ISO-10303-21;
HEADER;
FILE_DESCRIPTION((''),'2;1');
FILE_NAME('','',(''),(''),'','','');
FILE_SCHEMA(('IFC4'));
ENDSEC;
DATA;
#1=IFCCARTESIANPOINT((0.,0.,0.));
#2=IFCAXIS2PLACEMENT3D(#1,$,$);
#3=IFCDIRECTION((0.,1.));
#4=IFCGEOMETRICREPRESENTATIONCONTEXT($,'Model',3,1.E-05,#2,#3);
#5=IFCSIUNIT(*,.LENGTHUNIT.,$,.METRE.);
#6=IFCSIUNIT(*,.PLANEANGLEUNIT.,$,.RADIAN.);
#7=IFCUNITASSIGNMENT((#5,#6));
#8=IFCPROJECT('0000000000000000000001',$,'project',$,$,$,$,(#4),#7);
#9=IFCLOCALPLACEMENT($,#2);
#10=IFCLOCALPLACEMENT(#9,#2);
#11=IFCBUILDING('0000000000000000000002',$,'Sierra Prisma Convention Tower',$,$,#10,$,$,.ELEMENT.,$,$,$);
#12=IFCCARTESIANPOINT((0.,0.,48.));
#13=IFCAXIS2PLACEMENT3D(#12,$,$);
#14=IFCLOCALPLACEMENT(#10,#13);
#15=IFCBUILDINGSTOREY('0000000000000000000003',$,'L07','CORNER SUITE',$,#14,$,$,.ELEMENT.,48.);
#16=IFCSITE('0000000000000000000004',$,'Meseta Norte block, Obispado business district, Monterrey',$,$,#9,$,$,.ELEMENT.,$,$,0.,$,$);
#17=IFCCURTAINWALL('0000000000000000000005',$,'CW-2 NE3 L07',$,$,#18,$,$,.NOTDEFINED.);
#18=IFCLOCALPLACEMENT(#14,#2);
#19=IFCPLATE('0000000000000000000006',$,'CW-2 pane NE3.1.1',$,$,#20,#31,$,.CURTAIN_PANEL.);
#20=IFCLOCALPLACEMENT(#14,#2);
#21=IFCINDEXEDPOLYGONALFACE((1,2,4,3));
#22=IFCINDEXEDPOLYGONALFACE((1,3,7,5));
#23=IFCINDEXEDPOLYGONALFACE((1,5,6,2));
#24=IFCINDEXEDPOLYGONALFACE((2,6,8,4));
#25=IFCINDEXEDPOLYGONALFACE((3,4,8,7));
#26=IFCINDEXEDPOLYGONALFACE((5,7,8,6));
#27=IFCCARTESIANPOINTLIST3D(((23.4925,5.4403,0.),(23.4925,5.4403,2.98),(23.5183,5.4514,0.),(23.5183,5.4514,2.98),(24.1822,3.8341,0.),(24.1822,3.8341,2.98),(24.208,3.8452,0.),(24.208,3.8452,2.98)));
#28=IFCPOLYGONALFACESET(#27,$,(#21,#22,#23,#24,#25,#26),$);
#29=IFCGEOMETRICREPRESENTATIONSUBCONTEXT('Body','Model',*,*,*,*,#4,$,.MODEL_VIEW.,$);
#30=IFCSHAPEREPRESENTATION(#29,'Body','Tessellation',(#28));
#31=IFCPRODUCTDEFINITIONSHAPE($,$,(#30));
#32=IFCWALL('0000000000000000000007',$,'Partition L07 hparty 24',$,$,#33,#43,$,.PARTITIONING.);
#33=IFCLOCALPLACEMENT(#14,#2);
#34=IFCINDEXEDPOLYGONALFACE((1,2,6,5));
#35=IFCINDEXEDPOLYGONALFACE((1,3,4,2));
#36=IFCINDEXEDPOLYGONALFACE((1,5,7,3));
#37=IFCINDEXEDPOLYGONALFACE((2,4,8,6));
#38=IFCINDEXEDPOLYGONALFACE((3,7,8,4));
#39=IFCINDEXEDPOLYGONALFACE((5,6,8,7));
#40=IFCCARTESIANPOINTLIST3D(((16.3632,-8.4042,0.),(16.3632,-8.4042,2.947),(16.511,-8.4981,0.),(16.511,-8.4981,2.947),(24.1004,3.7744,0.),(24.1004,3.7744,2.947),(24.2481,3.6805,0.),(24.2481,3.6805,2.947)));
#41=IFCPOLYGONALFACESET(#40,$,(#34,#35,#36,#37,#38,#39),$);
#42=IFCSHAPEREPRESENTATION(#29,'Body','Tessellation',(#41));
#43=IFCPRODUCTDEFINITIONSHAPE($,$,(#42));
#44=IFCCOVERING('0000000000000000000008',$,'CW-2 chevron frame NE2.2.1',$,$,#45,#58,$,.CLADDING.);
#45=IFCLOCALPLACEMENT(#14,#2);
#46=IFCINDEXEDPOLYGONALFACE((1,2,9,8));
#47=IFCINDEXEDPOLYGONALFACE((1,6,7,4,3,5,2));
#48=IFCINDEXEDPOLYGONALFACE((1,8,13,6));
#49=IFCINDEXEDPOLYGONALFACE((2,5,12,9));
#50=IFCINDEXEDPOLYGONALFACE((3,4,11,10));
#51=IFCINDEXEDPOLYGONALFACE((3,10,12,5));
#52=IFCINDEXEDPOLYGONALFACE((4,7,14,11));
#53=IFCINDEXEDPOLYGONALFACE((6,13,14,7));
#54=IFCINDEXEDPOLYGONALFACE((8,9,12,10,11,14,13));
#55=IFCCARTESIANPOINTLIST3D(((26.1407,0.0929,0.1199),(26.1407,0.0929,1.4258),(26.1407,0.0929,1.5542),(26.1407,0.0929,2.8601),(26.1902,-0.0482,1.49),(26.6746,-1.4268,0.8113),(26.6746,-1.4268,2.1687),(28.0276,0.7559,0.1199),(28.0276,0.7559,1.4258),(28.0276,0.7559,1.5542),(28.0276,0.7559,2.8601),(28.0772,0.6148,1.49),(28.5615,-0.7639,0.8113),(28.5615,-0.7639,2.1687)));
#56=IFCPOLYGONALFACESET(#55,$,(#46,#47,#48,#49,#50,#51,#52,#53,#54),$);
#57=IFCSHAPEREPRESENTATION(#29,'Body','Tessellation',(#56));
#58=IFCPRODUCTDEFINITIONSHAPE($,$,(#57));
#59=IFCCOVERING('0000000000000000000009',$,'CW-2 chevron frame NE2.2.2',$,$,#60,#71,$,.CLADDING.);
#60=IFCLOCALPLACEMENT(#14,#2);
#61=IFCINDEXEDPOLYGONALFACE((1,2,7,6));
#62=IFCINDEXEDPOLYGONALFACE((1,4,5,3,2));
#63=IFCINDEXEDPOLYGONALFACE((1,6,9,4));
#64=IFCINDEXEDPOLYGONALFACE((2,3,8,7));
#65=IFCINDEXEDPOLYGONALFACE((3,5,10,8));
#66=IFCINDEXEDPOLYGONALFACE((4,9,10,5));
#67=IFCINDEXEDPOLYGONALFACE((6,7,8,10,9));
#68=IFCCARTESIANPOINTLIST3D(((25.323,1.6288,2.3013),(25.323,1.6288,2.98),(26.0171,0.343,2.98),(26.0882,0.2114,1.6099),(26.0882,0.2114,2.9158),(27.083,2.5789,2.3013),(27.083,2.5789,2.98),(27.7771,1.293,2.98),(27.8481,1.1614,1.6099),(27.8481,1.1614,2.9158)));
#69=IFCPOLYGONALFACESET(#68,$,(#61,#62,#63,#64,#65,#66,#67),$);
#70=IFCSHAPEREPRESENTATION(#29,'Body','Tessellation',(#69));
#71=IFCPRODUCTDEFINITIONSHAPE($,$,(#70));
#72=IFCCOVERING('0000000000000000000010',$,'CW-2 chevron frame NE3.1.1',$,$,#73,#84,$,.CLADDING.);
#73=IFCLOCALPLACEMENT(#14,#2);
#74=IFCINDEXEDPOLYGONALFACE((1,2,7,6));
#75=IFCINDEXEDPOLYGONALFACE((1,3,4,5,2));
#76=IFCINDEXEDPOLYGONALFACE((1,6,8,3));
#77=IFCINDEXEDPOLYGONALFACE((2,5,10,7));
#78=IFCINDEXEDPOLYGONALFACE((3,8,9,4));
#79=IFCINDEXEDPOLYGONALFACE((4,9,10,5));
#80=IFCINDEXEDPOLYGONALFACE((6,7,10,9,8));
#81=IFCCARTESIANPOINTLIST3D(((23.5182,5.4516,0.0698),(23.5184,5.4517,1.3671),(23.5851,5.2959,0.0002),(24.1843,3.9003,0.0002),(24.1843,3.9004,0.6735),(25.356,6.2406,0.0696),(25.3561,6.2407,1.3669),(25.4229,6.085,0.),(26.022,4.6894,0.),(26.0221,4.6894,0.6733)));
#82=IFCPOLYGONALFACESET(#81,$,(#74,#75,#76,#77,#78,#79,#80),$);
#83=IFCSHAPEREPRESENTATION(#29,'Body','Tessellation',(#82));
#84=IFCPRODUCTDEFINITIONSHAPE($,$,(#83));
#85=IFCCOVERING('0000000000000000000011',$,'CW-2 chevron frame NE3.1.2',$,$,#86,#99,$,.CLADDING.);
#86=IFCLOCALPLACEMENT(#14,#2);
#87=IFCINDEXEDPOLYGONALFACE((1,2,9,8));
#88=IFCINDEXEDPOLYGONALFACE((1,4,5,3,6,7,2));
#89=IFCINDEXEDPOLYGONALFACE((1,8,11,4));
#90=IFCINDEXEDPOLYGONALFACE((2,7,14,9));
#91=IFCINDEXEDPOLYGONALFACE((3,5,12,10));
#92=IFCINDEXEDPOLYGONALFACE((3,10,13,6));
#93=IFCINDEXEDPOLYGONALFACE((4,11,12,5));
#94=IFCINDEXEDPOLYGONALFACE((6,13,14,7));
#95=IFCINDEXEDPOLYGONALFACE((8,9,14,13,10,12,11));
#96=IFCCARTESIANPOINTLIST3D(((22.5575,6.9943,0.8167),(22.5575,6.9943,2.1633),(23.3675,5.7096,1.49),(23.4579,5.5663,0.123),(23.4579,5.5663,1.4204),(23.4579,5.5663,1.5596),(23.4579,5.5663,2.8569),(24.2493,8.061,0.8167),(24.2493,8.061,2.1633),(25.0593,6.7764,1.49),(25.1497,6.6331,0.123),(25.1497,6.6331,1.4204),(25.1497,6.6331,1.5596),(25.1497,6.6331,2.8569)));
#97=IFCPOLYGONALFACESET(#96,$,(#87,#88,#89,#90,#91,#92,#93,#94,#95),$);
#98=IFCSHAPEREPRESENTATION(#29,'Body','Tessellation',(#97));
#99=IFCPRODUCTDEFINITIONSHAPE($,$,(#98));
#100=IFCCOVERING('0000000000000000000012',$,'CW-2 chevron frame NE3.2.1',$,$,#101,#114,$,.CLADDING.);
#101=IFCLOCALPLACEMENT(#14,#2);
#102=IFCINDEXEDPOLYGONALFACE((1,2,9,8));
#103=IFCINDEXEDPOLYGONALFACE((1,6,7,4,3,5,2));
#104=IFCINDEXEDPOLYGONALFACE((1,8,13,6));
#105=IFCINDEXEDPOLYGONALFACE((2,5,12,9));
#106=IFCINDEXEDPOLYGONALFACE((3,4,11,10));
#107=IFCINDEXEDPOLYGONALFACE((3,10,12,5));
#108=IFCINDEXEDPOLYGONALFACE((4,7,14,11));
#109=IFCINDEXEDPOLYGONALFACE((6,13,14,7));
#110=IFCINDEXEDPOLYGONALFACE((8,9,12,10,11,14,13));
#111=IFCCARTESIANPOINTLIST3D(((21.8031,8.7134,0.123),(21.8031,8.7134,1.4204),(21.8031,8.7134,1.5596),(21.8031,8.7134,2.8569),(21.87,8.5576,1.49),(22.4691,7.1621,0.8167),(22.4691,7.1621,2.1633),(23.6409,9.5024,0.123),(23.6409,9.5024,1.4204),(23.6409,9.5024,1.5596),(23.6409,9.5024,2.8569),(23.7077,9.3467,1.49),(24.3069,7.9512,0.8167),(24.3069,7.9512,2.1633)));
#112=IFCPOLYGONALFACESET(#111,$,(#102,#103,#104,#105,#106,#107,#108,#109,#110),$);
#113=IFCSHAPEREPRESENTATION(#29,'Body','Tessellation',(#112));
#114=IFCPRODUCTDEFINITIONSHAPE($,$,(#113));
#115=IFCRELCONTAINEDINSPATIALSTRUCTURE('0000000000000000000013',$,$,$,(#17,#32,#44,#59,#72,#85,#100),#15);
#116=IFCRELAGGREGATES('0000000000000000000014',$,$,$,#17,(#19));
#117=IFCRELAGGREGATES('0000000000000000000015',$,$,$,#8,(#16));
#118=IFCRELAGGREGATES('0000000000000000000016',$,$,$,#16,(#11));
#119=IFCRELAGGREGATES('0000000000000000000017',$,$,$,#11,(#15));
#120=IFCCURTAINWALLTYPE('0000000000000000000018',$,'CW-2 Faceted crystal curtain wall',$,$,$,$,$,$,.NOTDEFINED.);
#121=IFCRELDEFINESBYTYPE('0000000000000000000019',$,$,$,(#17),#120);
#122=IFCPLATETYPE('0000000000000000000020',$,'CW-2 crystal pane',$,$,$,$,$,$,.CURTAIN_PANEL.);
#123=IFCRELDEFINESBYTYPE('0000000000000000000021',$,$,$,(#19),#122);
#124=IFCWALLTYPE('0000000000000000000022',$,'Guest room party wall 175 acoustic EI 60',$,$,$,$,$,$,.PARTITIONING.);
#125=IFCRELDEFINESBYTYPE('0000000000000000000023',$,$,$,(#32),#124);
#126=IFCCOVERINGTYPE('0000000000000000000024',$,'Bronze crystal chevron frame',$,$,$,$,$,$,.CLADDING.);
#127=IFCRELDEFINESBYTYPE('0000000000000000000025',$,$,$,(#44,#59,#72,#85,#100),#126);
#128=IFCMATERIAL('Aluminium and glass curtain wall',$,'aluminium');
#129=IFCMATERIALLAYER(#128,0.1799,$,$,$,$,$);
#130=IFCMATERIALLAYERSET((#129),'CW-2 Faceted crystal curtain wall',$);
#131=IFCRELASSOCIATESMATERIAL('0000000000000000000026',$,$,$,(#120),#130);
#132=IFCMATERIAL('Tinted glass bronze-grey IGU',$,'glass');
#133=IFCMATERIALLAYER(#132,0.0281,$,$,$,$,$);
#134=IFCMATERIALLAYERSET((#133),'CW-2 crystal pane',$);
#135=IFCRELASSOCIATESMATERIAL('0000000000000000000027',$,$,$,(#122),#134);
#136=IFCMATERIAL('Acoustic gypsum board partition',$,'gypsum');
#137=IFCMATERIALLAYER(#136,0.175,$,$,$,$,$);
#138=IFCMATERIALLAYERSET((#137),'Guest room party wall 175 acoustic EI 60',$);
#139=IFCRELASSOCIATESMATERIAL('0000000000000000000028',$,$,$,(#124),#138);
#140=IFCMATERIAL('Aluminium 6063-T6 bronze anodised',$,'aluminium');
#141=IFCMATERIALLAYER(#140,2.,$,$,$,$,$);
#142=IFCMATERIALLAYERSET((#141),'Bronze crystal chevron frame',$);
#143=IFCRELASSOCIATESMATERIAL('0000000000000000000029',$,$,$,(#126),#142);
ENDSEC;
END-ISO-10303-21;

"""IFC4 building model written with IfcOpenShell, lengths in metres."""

from ifc_helpers import new_model, si_unit, direction, frame, frame_2d, origin, place, context, subcontext, project, spatial, polyline, rectangle, outline, extrude, material, layer, layer_set, type_object, element, aggregate, save


model = new_model("IFC4")

# Units and contexts
model_context = context("Model", 3, precision=1e-05, world=origin(), true_north=direction((0.0, 1.0)))
body_context = subcontext(model_context, "Body", "Model", "MODEL_VIEW")
ifc_project = project(units=[si_unit("LENGTHUNIT", "METRE"), si_unit("PLANEANGLEUNIT", "RADIAN")], contexts=[model_context])

# Site, building, storey
site_placement = place(None, origin())
site = spatial("IfcSite", under=ifc_project, at=site_placement, Name="Meseta Norte block, Obispado business district, Monterrey", CompositionType="ELEMENT", RefElevation=0.0)
building_placement = place(site_placement, origin())
building = spatial("IfcBuilding", under=site, at=building_placement, Name="Sierra Prisma Convention Tower", CompositionType="ELEMENT")
storey_placement = place(building_placement, frame((0.0, 0.0, 48.0)))
storey = spatial("IfcBuildingStorey", under=building, at=storey_placement, Name="L07", Description="CORNER SUITE", CompositionType="ELEMENT", Elevation=48.0)

# Shared definitions
ifc_material_1 = material(Name="Aluminium and glass curtain wall", Category="aluminium")
ifc_layer_1 = layer(ifc_material_1, 0.1799)
ifc_layer_set_1 = layer_set([ifc_layer_1], Name="CW-2 Faceted crystal curtain wall")
curtain_wall_type = type_object("IfcCurtainWallType", Name="CW-2 Faceted crystal curtain wall", PredefinedType="NOTDEFINED", material=ifc_layer_set_1)

# Curtain wall
curtain_wall_1_placement = place(storey_placement, origin())
curtain_wall_1 = element("IfcCurtainWall", 1, at=curtain_wall_1_placement, inside=storey, type_object=curtain_wall_type, Name="CW-2 NE3 L07", PredefinedType="NOTDEFINED")

# Plate
ifc_material_2 = material(Name="Tinted glass bronze-grey IGU", Category="glass")
ifc_layer_2 = layer(ifc_material_2, 0.0281)
ifc_layer_set_2 = layer_set([ifc_layer_2], Name="CW-2 crystal pane")
plate_type = type_object("IfcPlateType", Name="CW-2 crystal pane", PredefinedType="CURTAIN_PANEL", material=ifc_layer_set_2)
plate_1_placement = place(storey_placement, frame((24.208, 3.8452, 0.0), z_axis=(0.91887, 0.39456, 0.0), x_axis=(-0.39456, 0.91887, 0.0)))
plate_1 = element("IfcPlate", 2, at=plate_1_placement, type_object=plate_type, Name="CW-2 pane NE3.1.1", PredefinedType="CURTAIN_PANEL", context=body_context, shape_type="SweptSolid", body=[
    extrude(outline(polyline([(0.0, 0.0), (1.748, 0.0), (1.748, 2.98), (0.0, 2.98), (0.0, 0.0)])), origin(), (0.0, 0.0, -1.0), 0.0281),
])
aggregate(curtain_wall_1, [plate_1])

# Wall
ifc_material_3 = material(Name="Acoustic gypsum board partition", Category="gypsum")
ifc_layer_3 = layer(ifc_material_3, 0.175)
ifc_layer_set_3 = layer_set([ifc_layer_3], Name="Guest room party wall 175 acoustic EI 60")
wall_type = type_object("IfcWallType", Name="Guest room party wall 175 acoustic EI 60", PredefinedType="PARTITIONING", material=ifc_layer_set_3)
wall_placement = place(storey_placement, frame((24.1743, 3.7275, 0.0), z_axis=(0.0, 0.0, 1.0), x_axis=(-0.53624, -0.844065, 0.0)))
element("IfcWall", 3, at=wall_placement, inside=storey, type_object=wall_type, Name="Partition L07 hparty 24", PredefinedType="PARTITIONING", context=body_context, shape_type="SweptSolid", body=[
    extrude(rectangle(XDim=14.4285, YDim=0.175, at=frame_2d((7.2144, 0.0))), origin(), (0.0, 0.0, 1.0), 2.947),
])

# Coverings
ifc_material_4 = material(Name="Aluminium 6063-T6 bronze anodised", Category="aluminium")
ifc_layer_4 = layer(ifc_material_4, 2.0)
ifc_layer_set_4 = layer_set([ifc_layer_4], Name="Bronze crystal chevron frame")
covering_type = type_object("IfcCoveringType", Name="Bronze crystal chevron frame", PredefinedType="CLADDING", material=ifc_layer_set_4)
covering_1_placement = place(storey_placement, frame((28.5615, -0.7639, 0.8113), z_axis=(0.943468, 0.331464, 0.0), x_axis=(-0.304592, 0.86698, -0.394424)))
element("IfcCovering", 4, at=covering_1_placement, inside=storey, type_object=covering_type, Name="CW-2 chevron frame NE2.2.1", PredefinedType="CLADDING", context=body_context, shape_type="SweptSolid", body=[
    extrude(outline(polyline([(0.0, 0.0), (1.753, 0.0), (1.2379, 1.2), (1.0751, 1.2), (1.1872, 1.318), (0.6721, 2.5181), (-0.5354, 1.2474), (0.0, 0.0)])), origin(), (0.0, 0.0, -1.0), 2.0),
])
covering_2_placement = place(storey_placement, frame((27.8481, 1.1614, 1.6099), z_axis=(0.879984, 0.475003, 0.000006), x_axis=(-0.436495, 0.808639, 0.394431)))
element("IfcCovering", 5, at=covering_2_placement, inside=storey, type_object=covering_type, Name="CW-2 chevron frame NE2.2.2", PredefinedType="CLADDING", context=body_context, shape_type="SweptSolid", body=[
    extrude(outline(polyline([(0.0, 0.0), (1.7529, 0.0), (2.0206, 0.6237), (0.6778, 1.2001), (0.5151, 1.2), (0.0, 0.0)])), origin(), (0.0, 0.0, -1.0), 2.0),
])
covering_3_placement = place(storey_placement, frame((25.4229, 6.085, 0.0), z_axis=(0.918889, 0.394516, -0.000101), x_axis=(-0.364903, 0.850013, 0.3799)))
element("IfcCovering", 6, at=covering_3_placement, inside=storey, type_object=covering_type, Name="CW-2 chevron frame NE3.1.1", PredefinedType="CLADDING", context=body_context, shape_type="SweptSolid", body=[
    extrude(outline(polyline([(0.0, 0.0), (0.1832, 0.0), (0.676, 1.2001), (-1.1491, 1.1998), (-1.4049, 0.577), (0.0, 0.0)])), origin(), (0.0, 0.0, -1.0), 2.0),
])
covering_4_placement = place(storey_placement, frame((25.1497, 6.6331, 1.4204), z_axis=(0.845887, 0.533362, 0.0), x_axis=(0.0, 0.0, -1.0)))
element("IfcCovering", 7, at=covering_4_placement, inside=storey, type_object=covering_type, Name="CW-2 chevron frame NE3.1.2", PredefinedType="CLADDING", context=body_context, shape_type="SweptSolid", body=[
    extrude(outline(polyline([(0.0, 0.0), (1.2974, 0.0), (0.6038, 1.6881), (-0.7429, 1.6881), (-1.4365, 0.0), (-0.1392, 0.0), (-0.0696, 0.1694), (0.0, 0.0)])), origin(), (0.0, 0.0, -1.0), 2.0),
])
covering_5_placement = place(storey_placement, frame((24.3069, 7.9512, 0.8167), z_axis=(0.918891, 0.394512, 0.0), x_axis=(-0.364914, 0.84995, -0.38003)))
element("IfcCovering", 8, at=covering_5_placement, inside=storey, type_object=covering_type, Name="CW-2 chevron frame NE3.2.1", PredefinedType="CLADDING", context=body_context, shape_type="SweptSolid", body=[
    extrude(outline(polyline([(0.0, 0.0), (1.8251, 0.0), (1.3321, 1.2), (1.1489, 1.2), (1.2792, 1.3287), (0.7862, 2.5288), (-0.5118, 1.2456), (0.0, 0.0)])), origin(), (0.0, 0.0, -1.0), 2.0),
])

save(model, "model.ifc")
